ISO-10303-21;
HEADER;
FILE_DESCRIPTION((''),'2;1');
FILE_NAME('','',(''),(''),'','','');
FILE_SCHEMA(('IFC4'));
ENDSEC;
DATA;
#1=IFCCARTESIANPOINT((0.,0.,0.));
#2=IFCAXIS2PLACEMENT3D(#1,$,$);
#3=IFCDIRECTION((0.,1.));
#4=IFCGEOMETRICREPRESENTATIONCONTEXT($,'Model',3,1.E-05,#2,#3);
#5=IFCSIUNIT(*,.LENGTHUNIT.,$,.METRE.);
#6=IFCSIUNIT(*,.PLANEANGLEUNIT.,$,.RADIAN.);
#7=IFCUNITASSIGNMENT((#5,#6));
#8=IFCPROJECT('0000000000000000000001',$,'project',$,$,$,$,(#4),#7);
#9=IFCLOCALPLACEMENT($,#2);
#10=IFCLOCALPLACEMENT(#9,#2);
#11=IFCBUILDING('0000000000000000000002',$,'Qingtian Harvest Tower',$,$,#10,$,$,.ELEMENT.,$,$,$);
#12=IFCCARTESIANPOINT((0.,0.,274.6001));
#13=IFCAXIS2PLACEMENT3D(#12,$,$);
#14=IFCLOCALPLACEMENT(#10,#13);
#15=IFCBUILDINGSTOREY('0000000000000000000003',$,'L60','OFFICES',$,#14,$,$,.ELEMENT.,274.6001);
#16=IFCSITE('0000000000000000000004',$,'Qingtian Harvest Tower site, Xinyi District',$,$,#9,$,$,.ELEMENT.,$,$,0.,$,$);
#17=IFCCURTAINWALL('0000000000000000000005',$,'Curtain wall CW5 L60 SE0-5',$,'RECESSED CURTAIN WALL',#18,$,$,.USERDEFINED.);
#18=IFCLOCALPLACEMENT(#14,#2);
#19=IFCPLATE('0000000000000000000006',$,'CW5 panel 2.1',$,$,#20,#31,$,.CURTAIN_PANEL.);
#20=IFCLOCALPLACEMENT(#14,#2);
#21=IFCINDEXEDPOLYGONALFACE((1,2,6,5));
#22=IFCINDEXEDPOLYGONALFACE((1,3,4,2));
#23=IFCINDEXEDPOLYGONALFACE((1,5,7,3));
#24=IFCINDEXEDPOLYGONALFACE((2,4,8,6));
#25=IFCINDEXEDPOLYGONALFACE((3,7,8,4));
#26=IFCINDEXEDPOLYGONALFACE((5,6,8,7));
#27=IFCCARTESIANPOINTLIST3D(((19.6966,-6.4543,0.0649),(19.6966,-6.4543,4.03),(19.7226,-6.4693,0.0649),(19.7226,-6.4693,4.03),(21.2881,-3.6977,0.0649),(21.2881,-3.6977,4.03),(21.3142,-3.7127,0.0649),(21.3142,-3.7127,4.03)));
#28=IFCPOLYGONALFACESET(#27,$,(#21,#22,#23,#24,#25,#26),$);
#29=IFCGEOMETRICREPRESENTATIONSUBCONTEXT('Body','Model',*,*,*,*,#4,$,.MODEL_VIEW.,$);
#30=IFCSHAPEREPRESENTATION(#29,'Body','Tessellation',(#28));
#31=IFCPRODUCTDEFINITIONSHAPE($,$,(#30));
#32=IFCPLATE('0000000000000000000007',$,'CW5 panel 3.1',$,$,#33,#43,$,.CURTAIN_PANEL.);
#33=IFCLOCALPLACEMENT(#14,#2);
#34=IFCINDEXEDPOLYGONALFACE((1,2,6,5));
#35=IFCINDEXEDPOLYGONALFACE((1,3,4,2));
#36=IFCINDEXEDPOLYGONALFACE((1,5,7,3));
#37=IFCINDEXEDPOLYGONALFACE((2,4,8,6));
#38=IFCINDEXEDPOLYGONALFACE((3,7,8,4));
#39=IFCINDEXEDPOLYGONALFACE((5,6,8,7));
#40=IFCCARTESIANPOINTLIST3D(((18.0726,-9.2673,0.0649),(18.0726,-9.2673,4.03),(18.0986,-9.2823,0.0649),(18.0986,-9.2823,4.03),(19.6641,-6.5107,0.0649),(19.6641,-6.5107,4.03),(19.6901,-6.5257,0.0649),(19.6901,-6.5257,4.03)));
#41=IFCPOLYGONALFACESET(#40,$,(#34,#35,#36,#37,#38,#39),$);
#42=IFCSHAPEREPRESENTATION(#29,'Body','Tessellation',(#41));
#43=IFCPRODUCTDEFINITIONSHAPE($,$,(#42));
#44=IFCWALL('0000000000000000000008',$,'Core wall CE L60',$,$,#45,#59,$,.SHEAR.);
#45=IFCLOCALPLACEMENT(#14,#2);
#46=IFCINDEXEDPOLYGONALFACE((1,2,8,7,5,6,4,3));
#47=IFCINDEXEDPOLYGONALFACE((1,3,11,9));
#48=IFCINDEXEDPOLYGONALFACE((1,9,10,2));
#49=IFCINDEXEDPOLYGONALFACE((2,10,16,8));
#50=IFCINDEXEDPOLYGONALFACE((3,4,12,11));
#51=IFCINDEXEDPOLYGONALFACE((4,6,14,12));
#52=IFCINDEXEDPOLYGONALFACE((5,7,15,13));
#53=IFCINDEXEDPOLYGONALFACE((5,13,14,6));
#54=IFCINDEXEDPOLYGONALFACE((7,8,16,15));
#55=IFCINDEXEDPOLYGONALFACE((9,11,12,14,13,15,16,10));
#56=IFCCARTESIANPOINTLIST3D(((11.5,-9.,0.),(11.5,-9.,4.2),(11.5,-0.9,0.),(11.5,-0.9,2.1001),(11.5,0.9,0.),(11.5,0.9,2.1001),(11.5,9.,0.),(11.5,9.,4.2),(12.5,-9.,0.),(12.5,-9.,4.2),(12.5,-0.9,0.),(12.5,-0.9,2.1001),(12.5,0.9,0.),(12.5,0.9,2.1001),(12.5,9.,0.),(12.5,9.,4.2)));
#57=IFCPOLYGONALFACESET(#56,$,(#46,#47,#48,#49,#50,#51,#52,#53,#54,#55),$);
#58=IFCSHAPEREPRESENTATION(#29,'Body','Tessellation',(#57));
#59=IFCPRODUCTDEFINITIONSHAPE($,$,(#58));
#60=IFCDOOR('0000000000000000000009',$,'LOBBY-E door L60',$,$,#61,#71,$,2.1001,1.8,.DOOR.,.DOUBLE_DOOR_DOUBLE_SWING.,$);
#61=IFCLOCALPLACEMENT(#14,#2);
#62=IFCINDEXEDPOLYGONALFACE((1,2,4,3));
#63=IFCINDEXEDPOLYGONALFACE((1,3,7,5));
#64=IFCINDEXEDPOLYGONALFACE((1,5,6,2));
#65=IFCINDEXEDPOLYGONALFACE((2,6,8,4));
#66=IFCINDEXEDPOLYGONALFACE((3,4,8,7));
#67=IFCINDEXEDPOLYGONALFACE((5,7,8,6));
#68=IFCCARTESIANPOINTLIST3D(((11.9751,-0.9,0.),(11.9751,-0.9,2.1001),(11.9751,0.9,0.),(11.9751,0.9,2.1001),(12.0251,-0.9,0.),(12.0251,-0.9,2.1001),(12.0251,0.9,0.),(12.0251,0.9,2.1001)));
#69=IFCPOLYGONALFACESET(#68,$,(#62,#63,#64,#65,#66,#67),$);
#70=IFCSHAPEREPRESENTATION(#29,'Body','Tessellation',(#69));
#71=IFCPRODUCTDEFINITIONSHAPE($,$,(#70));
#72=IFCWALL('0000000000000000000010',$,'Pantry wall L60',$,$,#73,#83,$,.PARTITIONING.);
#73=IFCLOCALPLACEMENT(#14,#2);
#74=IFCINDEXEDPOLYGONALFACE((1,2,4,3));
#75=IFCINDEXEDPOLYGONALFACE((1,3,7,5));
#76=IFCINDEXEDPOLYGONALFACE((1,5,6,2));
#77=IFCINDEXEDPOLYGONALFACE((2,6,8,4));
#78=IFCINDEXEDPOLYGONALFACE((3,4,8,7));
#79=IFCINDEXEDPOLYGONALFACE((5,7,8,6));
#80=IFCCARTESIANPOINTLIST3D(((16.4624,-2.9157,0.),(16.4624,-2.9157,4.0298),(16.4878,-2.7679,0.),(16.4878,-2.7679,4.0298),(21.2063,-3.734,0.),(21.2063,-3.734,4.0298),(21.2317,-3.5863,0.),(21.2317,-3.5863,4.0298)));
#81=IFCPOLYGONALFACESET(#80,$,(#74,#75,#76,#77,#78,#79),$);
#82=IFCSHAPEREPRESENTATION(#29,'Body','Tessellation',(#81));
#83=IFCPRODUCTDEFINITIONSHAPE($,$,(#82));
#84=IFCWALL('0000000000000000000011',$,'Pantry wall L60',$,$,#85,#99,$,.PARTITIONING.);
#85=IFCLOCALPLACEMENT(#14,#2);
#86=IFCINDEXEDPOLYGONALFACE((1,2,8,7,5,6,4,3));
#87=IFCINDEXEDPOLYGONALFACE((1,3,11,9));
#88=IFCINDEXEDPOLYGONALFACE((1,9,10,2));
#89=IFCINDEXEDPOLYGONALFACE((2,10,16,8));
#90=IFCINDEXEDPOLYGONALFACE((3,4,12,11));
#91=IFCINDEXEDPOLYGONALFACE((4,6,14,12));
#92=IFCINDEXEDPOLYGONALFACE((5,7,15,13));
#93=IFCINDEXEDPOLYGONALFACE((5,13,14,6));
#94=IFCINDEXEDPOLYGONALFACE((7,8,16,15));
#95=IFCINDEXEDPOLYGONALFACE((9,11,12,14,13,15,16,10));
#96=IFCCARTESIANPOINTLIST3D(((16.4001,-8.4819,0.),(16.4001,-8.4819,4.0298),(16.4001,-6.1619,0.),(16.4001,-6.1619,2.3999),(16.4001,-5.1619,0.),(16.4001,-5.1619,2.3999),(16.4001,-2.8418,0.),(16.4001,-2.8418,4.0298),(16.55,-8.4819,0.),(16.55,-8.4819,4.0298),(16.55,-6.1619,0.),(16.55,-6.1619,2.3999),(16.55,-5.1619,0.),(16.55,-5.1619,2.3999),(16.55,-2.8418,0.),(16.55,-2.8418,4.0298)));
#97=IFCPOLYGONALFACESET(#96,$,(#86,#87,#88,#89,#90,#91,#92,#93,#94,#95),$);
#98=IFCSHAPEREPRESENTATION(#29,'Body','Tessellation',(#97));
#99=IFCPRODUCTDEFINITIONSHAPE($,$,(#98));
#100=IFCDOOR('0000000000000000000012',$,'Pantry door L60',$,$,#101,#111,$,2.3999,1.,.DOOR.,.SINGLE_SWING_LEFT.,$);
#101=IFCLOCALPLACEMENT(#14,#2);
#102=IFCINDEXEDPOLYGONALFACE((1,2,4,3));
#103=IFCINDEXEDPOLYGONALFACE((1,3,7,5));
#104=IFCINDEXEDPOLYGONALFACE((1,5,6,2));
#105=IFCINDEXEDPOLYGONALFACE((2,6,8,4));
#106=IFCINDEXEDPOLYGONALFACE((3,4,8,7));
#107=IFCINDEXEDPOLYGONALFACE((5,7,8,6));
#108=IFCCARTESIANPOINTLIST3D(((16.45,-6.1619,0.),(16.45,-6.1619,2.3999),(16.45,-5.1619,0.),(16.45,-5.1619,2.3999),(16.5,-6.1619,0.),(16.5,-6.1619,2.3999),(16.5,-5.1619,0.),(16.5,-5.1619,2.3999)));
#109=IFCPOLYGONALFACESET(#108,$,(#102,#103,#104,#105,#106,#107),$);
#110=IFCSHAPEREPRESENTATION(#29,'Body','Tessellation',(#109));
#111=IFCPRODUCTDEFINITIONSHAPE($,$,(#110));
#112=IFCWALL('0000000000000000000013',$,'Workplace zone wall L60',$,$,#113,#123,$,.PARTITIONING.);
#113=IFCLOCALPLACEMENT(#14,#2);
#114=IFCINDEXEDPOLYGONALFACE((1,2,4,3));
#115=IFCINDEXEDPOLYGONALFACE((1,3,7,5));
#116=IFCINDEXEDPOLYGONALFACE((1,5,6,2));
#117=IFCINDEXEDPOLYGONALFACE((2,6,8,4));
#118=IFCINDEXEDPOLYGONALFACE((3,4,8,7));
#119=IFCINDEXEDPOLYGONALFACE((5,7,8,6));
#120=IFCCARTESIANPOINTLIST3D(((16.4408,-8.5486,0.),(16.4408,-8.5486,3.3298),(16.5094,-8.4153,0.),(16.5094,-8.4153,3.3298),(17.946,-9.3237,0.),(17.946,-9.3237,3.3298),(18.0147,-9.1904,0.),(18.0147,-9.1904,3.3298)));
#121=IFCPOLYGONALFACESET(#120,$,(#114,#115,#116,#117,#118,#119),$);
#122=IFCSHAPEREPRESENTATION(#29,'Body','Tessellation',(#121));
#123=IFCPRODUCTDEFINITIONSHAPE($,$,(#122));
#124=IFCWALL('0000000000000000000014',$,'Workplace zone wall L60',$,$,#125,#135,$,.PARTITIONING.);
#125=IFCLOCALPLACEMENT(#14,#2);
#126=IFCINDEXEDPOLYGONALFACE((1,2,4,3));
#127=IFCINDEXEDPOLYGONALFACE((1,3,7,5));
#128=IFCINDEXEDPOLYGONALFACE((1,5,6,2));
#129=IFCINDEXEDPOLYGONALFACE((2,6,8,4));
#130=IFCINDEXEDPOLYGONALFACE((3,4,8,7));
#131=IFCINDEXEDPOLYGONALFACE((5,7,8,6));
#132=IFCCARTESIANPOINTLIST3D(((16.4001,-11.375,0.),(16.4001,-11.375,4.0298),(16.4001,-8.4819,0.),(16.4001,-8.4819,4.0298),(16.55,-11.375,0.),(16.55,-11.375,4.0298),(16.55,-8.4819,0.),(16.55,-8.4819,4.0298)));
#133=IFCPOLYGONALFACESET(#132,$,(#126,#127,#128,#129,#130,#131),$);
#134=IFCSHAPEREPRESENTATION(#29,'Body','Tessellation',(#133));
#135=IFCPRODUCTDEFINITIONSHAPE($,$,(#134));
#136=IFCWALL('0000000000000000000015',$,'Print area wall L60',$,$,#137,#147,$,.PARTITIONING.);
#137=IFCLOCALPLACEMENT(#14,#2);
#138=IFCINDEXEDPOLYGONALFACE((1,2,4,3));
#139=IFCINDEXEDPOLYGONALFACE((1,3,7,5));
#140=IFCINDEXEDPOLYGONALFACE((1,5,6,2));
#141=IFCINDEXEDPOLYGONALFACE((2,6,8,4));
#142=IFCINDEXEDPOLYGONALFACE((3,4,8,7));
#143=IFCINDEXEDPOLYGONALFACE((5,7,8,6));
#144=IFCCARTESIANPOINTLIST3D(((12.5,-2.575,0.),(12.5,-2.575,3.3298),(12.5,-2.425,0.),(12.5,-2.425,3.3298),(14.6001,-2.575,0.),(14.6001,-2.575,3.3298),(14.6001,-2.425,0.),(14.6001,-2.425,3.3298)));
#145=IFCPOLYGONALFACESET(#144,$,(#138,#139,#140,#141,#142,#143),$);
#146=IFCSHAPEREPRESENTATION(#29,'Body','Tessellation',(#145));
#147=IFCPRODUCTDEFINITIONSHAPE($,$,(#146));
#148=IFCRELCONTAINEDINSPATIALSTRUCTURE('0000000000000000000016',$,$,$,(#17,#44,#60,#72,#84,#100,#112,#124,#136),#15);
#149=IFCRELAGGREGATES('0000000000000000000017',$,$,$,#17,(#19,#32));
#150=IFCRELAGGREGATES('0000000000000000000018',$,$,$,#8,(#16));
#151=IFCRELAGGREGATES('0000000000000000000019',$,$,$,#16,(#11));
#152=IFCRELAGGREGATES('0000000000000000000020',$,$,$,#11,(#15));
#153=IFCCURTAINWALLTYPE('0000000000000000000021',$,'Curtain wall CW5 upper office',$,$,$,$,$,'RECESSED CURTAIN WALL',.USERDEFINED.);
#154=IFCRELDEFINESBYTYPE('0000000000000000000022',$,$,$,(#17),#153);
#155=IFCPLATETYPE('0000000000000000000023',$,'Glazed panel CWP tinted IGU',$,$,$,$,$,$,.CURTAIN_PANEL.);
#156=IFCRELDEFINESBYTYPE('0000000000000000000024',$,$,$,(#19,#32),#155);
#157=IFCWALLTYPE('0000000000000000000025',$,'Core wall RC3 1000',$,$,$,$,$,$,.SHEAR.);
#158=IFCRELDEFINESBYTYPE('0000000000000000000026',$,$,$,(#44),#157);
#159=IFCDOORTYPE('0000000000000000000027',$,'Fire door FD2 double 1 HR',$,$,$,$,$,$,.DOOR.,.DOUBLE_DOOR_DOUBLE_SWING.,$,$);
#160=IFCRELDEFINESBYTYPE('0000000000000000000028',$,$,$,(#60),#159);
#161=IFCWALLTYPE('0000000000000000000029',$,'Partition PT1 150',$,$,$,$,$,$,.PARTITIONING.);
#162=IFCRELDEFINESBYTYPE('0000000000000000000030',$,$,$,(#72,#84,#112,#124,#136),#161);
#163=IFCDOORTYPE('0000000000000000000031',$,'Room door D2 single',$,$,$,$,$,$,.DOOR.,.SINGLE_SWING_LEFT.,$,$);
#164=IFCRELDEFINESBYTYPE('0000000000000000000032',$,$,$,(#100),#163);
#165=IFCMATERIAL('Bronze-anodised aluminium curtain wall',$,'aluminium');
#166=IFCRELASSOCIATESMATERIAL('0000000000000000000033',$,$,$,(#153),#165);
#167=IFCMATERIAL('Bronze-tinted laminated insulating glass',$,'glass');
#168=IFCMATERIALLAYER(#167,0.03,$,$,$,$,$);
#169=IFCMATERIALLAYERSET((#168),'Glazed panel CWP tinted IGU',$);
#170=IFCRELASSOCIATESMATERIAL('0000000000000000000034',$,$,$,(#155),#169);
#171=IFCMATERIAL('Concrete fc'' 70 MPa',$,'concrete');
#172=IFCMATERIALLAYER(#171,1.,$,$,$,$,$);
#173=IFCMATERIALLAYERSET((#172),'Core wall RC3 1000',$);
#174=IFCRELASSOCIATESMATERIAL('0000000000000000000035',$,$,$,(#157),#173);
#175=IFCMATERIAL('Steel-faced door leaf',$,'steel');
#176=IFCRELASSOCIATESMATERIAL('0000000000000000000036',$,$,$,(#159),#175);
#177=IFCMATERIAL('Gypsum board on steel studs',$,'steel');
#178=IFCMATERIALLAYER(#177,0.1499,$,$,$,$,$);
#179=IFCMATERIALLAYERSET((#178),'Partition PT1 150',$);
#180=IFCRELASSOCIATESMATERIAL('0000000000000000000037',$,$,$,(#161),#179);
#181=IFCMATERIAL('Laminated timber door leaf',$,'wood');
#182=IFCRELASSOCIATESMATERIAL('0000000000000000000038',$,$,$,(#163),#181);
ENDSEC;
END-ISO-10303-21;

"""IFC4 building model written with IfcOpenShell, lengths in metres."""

from ifc_helpers import new_model, si_unit, direction, frame, frame_2d, origin, origin_2d, place, context, subcontext, project, spatial, rectangle, extrude, material, layer, layer_set, type_object, element, fill, aggregate, save


model = new_model("IFC4")

# Units and contexts
model_context = context("Model", 3, precision=1e-05, world=origin(), true_north=direction((0.0, 1.0)))
body_context = subcontext(model_context, "Body", "Model", "MODEL_VIEW")
ifc_project = project(units=[si_unit("LENGTHUNIT", "METRE"), si_unit("PLANEANGLEUNIT", "RADIAN")], contexts=[model_context])

# Site, building, storey
site_placement = place(None, origin())
site = spatial("IfcSite", under=ifc_project, at=site_placement, Name="Qingtian Harvest Tower site, Xinyi District", CompositionType="ELEMENT", RefElevation=0.0)
building_placement = place(site_placement, origin())
building = spatial("IfcBuilding", under=site, at=building_placement, Name="Qingtian Harvest Tower", CompositionType="ELEMENT")
storey_placement = place(building_placement, frame((0.0, 0.0, 274.6001)))
storey = spatial("IfcBuildingStorey", under=building, at=storey_placement, Name="L60", Description="OFFICES", CompositionType="ELEMENT", Elevation=274.6001)

# Shared definitions
ifc_material_1 = material(Name="Bronze-anodised aluminium curtain wall", Category="aluminium")
curtain_wall_type = type_object("IfcCurtainWallType", Name="Curtain wall CW5 upper office", ElementType="RECESSED CURTAIN WALL", PredefinedType="USERDEFINED", material=ifc_material_1)

# Curtain wall
curtain_wall_1_placement = place(storey_placement, origin())
curtain_wall_1 = element("IfcCurtainWall", 1, at=curtain_wall_1_placement, inside=storey, type_object=curtain_wall_type, Name="Curtain wall CW5 L60 SE0-5", ObjectType="RECESSED CURTAIN WALL", PredefinedType="USERDEFINED")

# Plates
ifc_material_2 = material(Name="Bronze-tinted laminated insulating glass", Category="glass")
ifc_layer_1 = layer(ifc_material_2, 0.03)
ifc_layer_set_1 = layer_set([ifc_layer_1], Name="Glazed panel CWP tinted IGU")
plate_type = type_object("IfcPlateType", Name="Glazed panel CWP tinted IGU", PredefinedType="CURTAIN_PANEL", material=ifc_layer_set_1)
plate_1_placement = place(storey_placement, frame((20.5054, -5.0835, 0.0649), z_axis=(0.0, 0.0, 1.0), x_axis=(-0.5, -0.866025, 0.0)))
plate_1 = element("IfcPlate", 2, at=plate_1_placement, type_object=plate_type, Name="CW5 panel 2.1", PredefinedType="CURTAIN_PANEL", context=body_context, shape_type="SweptSolid", body=[
    extrude(rectangle(XDim=3.1831, YDim=0.03, at=origin_2d()), origin(), (0.0, 0.0, 1.0), 3.9651),
])
plate_2_placement = place(storey_placement, frame((18.8813, -7.8965, 0.0649), z_axis=(0.0, 0.0, 1.0), x_axis=(-0.5, -0.866025, 0.0)))
plate_2 = element("IfcPlate", 3, at=plate_2_placement, type_object=plate_type, Name="CW5 panel 3.1", PredefinedType="CURTAIN_PANEL", context=body_context, shape_type="SweptSolid", body=[
    extrude(rectangle(XDim=3.1831, YDim=0.03, at=origin_2d()), origin(), (0.0, 0.0, 1.0), 3.9651),
])
aggregate(curtain_wall_1, [plate_1, plate_2])

# Wall, opening, door
ifc_material_3 = material(Name="Concrete fc' 70 MPa", Category="concrete")
ifc_layer_2 = layer(ifc_material_3, 1.0)
ifc_layer_set_2 = layer_set([ifc_layer_2], Name="Core wall RC3 1000")
wall_type_1 = type_object("IfcWallType", Name="Core wall RC3 1000", PredefinedType="SHEAR", material=ifc_layer_set_2)
wall_1_placement = place(storey_placement, frame((12.0, -9.0, 0.0), z_axis=(0.0, 0.0, 1.0), x_axis=(0.0, 1.0, 0.0)))
wall_1 = element("IfcWall", 4, at=wall_1_placement, inside=storey, type_object=wall_type_1, Name="Core wall CE L60", PredefinedType="SHEAR", context=body_context, shape_type="SweptSolid", body=[
    extrude(rectangle(XDim=18.0, YDim=1.0, at=frame_2d((9.0, 0.0))), origin(), (0.0, 0.0, 1.0), 4.2),
])
opening_1_placement = place(wall_1_placement, frame((8.1001, 0.0, 0.0)))
opening_1 = element("IfcOpeningElement", 5, at=opening_1_placement, cuts=wall_1, PredefinedType="OPENING", context=body_context, shape_type="SweptSolid", body=[
    extrude(rectangle(XDim=1.8, YDim=2.1001, at=frame_2d((0.8999, 1.05))), frame((0.0, 0.51, 0.0), z_axis=(0.0, -1.0, 0.0), x_axis=(1.0, 0.0, 0.0)), (0.0, 0.0, 1.0), 1.02),
])
ifc_material_4 = material(Name="Steel-faced door leaf", Category="steel")
door_type_1 = type_object("IfcDoorType", Name="Fire door FD2 double 1 HR", OperationType="DOUBLE_DOOR_DOUBLE_SWING", PredefinedType="DOOR", material=ifc_material_4)
door_1_placement = place(opening_1_placement, origin())
door_1 = element("IfcDoor", 6, at=door_1_placement, inside=storey, type_object=door_type_1, Name="LOBBY-E door L60", OperationType="DOUBLE_DOOR_DOUBLE_SWING", OverallHeight=2.1001, OverallWidth=1.8, PredefinedType="DOOR", context=body_context, shape_type="SweptSolid", body=[
    extrude(rectangle(XDim=1.8, YDim=2.1001, at=frame_2d((0.8999, 1.05))), frame((0.0, 0.0249, 0.0), z_axis=(0.0, -1.0, 0.0), x_axis=(1.0, 0.0, 0.0)), (0.0, 0.0, 1.0), 0.05),
])
fill(opening_1, door_1)

# Wall
ifc_material_5 = material(Name="Gypsum board on steel studs", Category="steel")
ifc_layer_3 = layer(ifc_material_5, 0.1499)
ifc_layer_set_3 = layer_set([ifc_layer_3], Name="Partition PT1 150")
wall_type_2 = type_object("IfcWallType", Name="Partition PT1 150", PredefinedType="PARTITIONING", material=ifc_layer_set_3)
wall_2_placement = place(storey_placement, frame((21.219, -3.6602, 0.0), z_axis=(0.0, 0.0, 1.0), x_axis=(-0.985445, 0.169997, 0.0)))
element("IfcWall", 7, at=wall_2_placement, inside=storey, type_object=wall_type_2, Name="Pantry wall L60", PredefinedType="PARTITIONING", context=body_context, shape_type="SweptSolid", body=[
    extrude(rectangle(XDim=4.814, YDim=0.1499, at=frame_2d((2.407, 0.0))), origin(), (0.0, 0.0, 1.0), 4.0298),
])

# Wall, opening, door
wall_3_placement = place(storey_placement, frame((16.4751, -2.8418, 0.0), z_axis=(0.0, 0.0, 1.0), x_axis=(0.0, -1.0, 0.0)))
wall_3 = element("IfcWall", 8, at=wall_3_placement, inside=storey, type_object=wall_type_2, Name="Pantry wall L60", PredefinedType="PARTITIONING", context=body_context, shape_type="SweptSolid", body=[
    extrude(rectangle(XDim=5.6401, YDim=0.1499, at=frame_2d((2.8201, 0.0))), origin(), (0.0, 0.0, 1.0), 4.0298),
])
opening_2_placement = place(wall_3_placement, frame((2.3201, 0.0, 0.0)))
opening_2 = element("IfcOpeningElement", 9, at=opening_2_placement, cuts=wall_3, PredefinedType="OPENING", context=body_context, shape_type="SweptSolid", body=[
    extrude(rectangle(XDim=1.0, YDim=2.3999, at=frame_2d((0.5, 1.2))), frame((0.0, 0.085, 0.0), z_axis=(0.0, -1.0, 0.0), x_axis=(1.0, 0.0, 0.0)), (0.0, 0.0, 1.0), 0.1699),
])
ifc_material_6 = material(Name="Laminated timber door leaf", Category="wood")
door_type_2 = type_object("IfcDoorType", Name="Room door D2 single", OperationType="SINGLE_SWING_LEFT", PredefinedType="DOOR", material=ifc_material_6)
door_2_placement = place(opening_2_placement, origin())
door_2 = element("IfcDoor", 10, at=door_2_placement, inside=storey, type_object=door_type_2, Name="Pantry door L60", OperationType="SINGLE_SWING_LEFT", OverallHeight=2.3999, OverallWidth=1.0, PredefinedType="DOOR", context=body_context, shape_type="SweptSolid", body=[
    extrude(rectangle(XDim=1.0, YDim=2.3999, at=frame_2d((0.5, 1.2))), frame((0.0, 0.0249, 0.0), z_axis=(0.0, -1.0, 0.0), x_axis=(1.0, 0.0, 0.0)), (0.0, 0.0, 1.0), 0.05),
])
fill(opening_2, door_2)

# Walls
wall_4_placement = place(storey_placement, frame((17.9805, -9.2571, 0.0), z_axis=(0.0, 0.0, 1.0), x_axis=(-0.889058, 0.457794, 0.0)))
element("IfcWall", 11, at=wall_4_placement, inside=storey, type_object=wall_type_2, Name="Workplace zone wall L60", PredefinedType="PARTITIONING", context=body_context, shape_type="SweptSolid", body=[
    extrude(rectangle(XDim=1.6931, YDim=0.1499, at=frame_2d((0.8467, 0.0))), origin(), (0.0, 0.0, 1.0), 3.3298),
])
wall_5_placement = place(storey_placement, frame((16.4751, -8.4819, 0.0), z_axis=(0.0, 0.0, 1.0), x_axis=(0.0, -1.0, 0.0)))
element("IfcWall", 12, at=wall_5_placement, inside=storey, type_object=wall_type_2, Name="Workplace zone wall L60", PredefinedType="PARTITIONING", context=body_context, shape_type="SweptSolid", body=[
    extrude(rectangle(XDim=2.8931, YDim=0.1499, at=frame_2d((1.4465, 0.0))), origin(), (0.0, 0.0, 1.0), 4.0298),
])
wall_6_placement = place(storey_placement, frame((12.5, -2.5, 0.0), z_axis=(0.0, 0.0, 1.0), x_axis=(1.0, 0.0, 0.0)))
element("IfcWall", 13, at=wall_6_placement, inside=storey, type_object=wall_type_2, Name="Print area wall L60", PredefinedType="PARTITIONING", context=body_context, shape_type="SweptSolid", body=[
    extrude(rectangle(XDim=2.1001, YDim=0.1499, at=frame_2d((1.05, 0.0))), origin(), (0.0, 0.0, 1.0), 3.3298),
])

save(model, "model.ifc")
